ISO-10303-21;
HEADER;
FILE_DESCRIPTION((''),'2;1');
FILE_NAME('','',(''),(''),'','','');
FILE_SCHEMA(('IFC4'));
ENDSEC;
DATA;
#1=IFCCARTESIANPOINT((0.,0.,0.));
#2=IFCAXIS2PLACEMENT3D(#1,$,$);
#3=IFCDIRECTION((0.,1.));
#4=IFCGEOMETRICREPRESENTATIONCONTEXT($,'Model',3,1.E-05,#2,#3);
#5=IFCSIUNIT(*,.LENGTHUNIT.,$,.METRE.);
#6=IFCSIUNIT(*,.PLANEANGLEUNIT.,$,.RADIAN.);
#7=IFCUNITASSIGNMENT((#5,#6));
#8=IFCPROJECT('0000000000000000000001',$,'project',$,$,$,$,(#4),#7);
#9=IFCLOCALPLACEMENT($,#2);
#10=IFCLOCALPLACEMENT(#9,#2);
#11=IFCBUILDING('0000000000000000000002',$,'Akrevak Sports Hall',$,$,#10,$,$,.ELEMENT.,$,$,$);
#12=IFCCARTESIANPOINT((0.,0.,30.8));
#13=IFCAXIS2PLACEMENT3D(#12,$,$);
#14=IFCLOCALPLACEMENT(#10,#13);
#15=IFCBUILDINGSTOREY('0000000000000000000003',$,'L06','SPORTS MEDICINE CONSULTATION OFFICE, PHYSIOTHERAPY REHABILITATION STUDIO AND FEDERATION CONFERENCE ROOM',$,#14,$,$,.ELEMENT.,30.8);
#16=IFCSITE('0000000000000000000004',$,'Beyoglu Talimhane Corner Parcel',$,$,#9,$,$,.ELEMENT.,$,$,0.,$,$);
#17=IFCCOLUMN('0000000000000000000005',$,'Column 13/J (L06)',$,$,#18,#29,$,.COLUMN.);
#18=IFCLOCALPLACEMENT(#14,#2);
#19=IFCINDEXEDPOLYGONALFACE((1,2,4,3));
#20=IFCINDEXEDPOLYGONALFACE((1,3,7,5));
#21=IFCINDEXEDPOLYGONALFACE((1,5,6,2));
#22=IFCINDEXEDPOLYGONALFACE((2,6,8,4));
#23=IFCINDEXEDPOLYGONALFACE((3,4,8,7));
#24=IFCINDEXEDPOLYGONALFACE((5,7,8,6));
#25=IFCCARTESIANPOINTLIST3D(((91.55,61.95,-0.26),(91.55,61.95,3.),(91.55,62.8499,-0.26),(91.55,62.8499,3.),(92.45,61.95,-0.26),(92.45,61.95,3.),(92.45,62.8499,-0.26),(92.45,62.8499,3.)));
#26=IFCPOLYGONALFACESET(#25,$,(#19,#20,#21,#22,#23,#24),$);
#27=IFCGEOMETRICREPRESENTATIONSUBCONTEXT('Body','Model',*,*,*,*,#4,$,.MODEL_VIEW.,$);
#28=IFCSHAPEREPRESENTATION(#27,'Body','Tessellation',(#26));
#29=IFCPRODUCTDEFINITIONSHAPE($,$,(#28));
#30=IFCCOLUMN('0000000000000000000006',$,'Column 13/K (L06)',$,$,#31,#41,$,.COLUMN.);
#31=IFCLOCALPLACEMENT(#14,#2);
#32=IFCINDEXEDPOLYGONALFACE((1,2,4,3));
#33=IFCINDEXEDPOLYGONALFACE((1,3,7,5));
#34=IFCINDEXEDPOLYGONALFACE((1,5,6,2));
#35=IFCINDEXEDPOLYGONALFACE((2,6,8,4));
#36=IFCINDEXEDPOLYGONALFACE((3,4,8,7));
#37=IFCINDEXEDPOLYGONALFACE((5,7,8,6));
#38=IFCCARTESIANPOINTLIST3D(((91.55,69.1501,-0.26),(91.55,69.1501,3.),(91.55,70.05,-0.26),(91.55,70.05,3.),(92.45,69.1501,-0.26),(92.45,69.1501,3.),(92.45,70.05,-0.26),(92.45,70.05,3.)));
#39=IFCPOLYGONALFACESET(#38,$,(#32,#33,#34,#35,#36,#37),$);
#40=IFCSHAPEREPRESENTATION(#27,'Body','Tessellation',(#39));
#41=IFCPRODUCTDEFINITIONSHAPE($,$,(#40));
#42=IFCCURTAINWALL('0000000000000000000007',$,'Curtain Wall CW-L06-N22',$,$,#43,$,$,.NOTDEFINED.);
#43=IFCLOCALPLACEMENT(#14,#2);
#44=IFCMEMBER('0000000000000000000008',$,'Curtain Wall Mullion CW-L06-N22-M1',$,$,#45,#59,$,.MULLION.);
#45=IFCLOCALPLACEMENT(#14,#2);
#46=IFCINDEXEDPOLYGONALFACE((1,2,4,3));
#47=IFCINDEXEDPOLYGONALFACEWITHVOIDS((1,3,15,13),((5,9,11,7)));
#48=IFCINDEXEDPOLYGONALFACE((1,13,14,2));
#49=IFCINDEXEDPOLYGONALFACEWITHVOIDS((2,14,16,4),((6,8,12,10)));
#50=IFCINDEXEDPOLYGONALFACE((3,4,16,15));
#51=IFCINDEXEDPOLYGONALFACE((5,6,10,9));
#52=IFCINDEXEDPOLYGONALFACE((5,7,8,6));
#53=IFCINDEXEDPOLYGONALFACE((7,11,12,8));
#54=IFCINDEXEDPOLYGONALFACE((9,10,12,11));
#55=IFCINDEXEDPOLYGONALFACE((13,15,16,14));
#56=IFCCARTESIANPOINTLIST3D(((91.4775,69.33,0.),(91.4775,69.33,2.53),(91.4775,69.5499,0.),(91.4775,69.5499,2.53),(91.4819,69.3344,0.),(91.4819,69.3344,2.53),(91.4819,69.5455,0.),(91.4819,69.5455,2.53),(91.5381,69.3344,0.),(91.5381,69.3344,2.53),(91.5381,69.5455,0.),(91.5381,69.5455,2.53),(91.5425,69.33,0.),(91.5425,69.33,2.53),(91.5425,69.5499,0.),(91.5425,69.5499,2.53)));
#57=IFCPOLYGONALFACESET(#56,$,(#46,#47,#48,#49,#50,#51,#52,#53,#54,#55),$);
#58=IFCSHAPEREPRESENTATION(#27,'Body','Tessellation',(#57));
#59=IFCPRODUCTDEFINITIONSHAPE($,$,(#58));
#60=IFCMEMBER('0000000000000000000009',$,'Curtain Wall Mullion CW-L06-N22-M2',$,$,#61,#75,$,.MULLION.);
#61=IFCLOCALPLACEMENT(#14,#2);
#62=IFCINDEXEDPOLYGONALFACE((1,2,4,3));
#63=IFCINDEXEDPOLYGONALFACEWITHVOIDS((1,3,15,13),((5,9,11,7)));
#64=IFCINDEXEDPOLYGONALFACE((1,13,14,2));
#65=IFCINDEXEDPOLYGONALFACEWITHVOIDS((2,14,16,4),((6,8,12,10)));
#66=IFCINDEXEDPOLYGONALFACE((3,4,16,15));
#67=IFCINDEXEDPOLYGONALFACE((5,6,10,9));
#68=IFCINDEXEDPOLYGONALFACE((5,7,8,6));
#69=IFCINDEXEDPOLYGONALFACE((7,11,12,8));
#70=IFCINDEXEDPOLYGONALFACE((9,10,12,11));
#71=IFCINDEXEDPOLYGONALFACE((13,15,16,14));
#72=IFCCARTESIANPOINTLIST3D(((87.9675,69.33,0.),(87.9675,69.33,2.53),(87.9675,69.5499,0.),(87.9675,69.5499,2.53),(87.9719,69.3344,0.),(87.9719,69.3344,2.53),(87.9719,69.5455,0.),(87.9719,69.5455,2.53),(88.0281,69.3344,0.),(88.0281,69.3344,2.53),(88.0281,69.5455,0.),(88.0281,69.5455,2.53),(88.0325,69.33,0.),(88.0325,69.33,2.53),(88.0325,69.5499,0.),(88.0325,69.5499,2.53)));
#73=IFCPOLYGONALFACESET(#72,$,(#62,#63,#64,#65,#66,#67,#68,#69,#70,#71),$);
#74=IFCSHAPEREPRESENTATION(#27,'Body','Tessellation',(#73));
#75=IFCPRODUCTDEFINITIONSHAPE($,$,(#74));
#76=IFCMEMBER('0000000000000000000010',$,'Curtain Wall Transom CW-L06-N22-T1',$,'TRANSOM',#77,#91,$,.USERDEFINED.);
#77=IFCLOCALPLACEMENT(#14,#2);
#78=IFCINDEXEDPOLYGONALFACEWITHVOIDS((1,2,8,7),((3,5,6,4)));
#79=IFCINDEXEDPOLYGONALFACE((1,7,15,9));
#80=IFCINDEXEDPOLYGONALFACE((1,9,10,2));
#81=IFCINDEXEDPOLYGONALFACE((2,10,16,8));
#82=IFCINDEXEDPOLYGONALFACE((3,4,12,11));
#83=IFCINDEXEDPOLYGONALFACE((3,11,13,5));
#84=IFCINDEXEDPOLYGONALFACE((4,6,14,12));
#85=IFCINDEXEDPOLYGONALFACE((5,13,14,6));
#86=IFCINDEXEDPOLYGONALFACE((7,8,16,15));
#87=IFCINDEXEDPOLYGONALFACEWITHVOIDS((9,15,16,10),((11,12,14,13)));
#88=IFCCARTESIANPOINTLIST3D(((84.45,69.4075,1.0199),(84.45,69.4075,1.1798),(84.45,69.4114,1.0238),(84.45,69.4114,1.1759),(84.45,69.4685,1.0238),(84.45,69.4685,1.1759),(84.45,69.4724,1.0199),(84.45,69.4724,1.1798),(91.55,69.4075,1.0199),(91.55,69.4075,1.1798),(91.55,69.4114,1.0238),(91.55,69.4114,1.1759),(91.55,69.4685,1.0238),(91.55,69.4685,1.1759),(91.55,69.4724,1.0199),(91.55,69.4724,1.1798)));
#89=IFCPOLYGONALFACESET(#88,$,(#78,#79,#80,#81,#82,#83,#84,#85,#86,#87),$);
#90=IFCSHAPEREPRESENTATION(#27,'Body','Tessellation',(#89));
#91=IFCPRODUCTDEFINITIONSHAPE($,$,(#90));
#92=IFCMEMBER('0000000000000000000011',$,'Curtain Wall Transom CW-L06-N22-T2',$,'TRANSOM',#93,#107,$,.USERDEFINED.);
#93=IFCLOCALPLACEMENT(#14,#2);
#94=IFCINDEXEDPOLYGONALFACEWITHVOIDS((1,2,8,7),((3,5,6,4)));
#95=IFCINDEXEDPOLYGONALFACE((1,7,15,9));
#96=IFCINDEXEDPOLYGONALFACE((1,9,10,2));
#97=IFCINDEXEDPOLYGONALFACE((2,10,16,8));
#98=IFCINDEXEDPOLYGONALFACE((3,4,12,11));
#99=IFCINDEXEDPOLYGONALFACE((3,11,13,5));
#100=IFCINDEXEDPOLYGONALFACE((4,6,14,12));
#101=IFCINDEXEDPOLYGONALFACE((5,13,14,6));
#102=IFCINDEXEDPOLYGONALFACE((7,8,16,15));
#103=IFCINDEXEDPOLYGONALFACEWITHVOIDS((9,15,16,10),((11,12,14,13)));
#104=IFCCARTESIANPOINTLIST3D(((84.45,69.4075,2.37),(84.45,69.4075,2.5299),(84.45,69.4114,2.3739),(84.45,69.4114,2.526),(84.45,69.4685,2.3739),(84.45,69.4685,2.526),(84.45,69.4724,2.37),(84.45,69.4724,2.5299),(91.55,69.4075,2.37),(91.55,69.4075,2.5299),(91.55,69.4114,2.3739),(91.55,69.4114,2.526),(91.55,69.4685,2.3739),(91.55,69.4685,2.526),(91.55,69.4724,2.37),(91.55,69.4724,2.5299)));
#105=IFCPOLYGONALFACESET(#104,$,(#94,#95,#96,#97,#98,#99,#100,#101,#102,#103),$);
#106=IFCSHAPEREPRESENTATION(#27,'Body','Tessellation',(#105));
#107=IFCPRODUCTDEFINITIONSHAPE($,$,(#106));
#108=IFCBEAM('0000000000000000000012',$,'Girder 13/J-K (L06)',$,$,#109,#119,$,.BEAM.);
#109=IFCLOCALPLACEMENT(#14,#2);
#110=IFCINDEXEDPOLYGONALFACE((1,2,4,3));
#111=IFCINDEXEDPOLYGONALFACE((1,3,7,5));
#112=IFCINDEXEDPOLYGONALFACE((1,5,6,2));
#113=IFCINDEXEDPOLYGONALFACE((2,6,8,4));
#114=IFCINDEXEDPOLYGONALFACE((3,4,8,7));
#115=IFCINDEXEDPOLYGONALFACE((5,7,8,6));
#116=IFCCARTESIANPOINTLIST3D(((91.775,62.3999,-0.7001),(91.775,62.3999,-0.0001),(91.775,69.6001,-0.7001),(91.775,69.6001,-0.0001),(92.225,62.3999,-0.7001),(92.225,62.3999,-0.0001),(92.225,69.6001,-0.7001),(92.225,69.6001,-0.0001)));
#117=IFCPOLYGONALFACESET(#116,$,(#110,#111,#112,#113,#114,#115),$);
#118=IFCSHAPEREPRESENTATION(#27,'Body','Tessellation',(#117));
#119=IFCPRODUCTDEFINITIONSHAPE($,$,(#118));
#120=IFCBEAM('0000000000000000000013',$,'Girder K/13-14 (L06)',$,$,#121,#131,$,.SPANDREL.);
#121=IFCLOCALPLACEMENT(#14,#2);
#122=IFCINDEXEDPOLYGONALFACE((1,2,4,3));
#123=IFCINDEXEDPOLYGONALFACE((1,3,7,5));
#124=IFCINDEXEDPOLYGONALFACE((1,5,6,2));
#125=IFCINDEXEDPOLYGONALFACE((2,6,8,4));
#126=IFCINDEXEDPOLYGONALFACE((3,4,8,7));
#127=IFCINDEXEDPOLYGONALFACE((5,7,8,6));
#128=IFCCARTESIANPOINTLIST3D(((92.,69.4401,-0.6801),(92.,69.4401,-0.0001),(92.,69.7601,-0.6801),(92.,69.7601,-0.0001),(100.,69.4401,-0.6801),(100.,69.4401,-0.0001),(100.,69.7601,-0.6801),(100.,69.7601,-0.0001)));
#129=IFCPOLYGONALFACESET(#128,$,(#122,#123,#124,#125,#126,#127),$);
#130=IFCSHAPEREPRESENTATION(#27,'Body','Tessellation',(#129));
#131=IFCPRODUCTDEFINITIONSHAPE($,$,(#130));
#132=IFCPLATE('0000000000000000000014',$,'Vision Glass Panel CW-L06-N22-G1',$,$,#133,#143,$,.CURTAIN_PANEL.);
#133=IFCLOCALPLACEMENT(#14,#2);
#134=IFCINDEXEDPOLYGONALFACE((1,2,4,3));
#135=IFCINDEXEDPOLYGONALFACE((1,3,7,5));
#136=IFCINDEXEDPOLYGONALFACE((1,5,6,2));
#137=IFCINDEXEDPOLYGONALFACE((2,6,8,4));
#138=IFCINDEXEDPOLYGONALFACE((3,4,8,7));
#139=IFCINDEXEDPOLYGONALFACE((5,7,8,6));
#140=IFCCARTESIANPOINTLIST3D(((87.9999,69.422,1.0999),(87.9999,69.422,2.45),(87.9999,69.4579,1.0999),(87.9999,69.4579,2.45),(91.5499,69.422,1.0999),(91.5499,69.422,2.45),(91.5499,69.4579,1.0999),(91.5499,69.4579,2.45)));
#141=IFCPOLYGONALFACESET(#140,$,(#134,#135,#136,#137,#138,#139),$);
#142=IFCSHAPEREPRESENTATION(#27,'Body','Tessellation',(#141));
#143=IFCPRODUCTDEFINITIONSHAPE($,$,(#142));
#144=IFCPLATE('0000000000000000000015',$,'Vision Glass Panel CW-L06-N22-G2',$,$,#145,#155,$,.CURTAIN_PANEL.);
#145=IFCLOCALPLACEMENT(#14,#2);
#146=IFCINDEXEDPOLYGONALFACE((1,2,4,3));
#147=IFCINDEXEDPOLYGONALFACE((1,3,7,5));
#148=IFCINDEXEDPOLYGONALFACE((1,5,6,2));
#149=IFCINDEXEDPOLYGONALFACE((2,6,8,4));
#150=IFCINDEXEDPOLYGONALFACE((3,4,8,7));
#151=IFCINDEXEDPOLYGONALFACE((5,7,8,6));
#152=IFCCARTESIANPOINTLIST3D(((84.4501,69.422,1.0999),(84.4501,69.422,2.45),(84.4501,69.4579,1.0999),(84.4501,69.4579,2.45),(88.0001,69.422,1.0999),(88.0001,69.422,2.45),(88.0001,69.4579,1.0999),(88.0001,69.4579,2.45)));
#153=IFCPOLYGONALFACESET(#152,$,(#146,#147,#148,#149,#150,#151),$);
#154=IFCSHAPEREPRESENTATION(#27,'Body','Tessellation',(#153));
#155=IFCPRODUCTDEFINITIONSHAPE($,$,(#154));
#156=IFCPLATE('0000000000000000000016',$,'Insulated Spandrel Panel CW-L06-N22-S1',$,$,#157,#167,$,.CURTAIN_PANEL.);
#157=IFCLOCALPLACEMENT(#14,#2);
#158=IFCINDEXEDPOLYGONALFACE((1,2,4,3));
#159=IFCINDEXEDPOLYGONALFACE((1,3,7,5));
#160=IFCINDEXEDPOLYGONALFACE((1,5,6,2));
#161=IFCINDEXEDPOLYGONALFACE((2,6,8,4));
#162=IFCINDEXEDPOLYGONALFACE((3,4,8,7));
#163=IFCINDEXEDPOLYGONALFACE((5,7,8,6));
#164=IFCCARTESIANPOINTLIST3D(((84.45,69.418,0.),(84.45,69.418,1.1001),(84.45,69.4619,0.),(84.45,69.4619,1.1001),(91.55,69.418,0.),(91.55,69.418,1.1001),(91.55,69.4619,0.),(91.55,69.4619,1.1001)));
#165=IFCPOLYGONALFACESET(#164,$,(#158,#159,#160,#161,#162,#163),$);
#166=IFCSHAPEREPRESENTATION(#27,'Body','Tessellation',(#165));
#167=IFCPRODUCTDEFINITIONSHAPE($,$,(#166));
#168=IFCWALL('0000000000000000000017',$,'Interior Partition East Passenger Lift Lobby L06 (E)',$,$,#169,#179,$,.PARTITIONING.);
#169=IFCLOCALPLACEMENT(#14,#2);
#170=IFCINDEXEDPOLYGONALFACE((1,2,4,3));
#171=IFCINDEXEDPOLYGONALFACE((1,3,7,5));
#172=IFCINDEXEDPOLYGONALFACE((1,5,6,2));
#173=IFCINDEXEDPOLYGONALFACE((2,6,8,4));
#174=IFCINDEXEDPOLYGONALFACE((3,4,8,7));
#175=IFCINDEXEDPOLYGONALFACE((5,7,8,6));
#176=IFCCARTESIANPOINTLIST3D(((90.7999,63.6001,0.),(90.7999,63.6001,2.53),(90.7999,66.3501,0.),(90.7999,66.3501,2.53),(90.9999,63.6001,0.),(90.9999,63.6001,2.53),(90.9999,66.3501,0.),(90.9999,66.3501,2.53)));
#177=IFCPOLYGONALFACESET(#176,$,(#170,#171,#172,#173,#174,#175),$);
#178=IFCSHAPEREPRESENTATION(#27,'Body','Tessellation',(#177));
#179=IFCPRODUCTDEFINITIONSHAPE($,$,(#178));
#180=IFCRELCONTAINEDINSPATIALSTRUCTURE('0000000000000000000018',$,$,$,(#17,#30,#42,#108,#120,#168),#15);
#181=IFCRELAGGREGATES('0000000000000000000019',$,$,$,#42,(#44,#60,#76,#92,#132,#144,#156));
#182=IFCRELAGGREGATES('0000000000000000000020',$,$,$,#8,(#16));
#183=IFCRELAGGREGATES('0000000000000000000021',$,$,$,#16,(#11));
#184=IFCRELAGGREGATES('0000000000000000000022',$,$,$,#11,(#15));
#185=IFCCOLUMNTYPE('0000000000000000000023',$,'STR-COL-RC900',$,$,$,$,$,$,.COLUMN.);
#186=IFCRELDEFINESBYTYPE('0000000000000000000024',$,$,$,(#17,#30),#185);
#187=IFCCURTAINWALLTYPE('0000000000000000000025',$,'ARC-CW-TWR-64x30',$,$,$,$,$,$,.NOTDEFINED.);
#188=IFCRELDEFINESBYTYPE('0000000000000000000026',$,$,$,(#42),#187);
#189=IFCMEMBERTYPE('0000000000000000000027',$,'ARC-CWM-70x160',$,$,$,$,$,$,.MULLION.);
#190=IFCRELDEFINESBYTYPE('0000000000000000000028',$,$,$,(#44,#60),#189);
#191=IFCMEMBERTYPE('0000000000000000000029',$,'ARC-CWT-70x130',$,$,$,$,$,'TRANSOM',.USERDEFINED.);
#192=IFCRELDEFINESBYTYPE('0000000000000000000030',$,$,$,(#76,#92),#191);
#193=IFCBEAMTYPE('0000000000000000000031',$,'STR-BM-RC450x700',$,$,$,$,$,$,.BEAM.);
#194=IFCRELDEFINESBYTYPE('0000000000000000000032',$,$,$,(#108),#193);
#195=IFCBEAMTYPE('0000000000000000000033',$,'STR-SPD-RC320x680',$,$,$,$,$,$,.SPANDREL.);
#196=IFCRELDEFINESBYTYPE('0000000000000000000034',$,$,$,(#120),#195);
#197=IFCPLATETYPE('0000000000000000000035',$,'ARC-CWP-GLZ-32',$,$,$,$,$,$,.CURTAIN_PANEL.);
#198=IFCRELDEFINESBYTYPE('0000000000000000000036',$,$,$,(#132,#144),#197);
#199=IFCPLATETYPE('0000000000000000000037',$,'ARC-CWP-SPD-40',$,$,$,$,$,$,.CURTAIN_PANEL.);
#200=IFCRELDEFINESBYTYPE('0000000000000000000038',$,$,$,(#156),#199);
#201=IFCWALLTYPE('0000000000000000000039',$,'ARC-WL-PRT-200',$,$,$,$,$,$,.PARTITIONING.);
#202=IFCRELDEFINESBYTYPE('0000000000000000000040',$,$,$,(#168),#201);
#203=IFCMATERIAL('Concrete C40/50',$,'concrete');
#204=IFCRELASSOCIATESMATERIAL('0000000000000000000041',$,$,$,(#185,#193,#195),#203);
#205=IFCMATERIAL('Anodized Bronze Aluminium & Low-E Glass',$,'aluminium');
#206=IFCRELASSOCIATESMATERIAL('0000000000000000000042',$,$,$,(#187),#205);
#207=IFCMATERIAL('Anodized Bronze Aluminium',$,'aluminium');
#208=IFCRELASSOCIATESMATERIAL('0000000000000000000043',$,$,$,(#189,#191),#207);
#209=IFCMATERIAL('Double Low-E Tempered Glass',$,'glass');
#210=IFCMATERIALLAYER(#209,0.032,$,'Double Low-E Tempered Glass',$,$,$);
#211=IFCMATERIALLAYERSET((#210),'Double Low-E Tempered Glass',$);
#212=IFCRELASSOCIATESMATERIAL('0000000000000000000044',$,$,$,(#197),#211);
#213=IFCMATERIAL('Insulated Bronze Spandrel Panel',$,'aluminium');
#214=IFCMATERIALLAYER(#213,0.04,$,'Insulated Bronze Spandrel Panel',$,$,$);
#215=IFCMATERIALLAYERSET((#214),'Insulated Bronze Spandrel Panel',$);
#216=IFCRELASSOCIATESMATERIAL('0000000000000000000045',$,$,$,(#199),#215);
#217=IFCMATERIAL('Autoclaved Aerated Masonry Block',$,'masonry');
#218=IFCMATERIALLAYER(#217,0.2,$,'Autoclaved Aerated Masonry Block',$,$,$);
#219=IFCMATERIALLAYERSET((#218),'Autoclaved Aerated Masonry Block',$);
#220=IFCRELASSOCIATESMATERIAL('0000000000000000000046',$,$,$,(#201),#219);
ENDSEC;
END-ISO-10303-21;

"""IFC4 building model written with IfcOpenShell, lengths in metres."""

from ifc_helpers import new_model, si_unit, direction, frame, frame_2d, origin, origin_2d, place, context, subcontext, project, spatial, rectangle, hollow_rectangle, extrude, material, layer, layer_set, material_profile, profile_set, type_object, element, aggregate, save


model = new_model("IFC4")

# Units and contexts
model_context = context("Model", 3, precision=1e-05, world=origin(), true_north=direction((0.0, 1.0)))
body_context = subcontext(model_context, "Body", "Model", "MODEL_VIEW")
ifc_project = project(units=[si_unit("LENGTHUNIT", "METRE"), si_unit("PLANEANGLEUNIT", "RADIAN")], contexts=[model_context])

# Site, building, storey
site_placement = place(None, origin())
site = spatial("IfcSite", under=ifc_project, at=site_placement, Name="Beyoglu Talimhane Corner Parcel", CompositionType="ELEMENT", RefElevation=0.0)
building_placement = place(site_placement, origin())
building = spatial("IfcBuilding", under=site, at=building_placement, Name="Akrevak Sports Hall", CompositionType="ELEMENT")
storey_placement = place(building_placement, frame((0.0, 0.0, 30.8)))
storey = spatial("IfcBuildingStorey", under=building, at=storey_placement, Name="L06", Description="SPORTS MEDICINE CONSULTATION OFFICE, PHYSIOTHERAPY REHABILITATION STUDIO AND FEDERATION CONFERENCE ROOM", CompositionType="ELEMENT", Elevation=30.8)

# Columns
ifc_material_1 = material(Name="Concrete C40/50", Category="concrete")
ifc_material_profile_1 = material_profile(ifc_material_1, rectangle(XDim=0.8999, YDim=0.8999, at=origin_2d()), Name="RC 900x900", Category="concrete")
ifc_profile_set_1 = profile_set([ifc_material_profile_1], Name="Concrete C40/50")
column_type = type_object("IfcColumnType", Name="STR-COL-RC900", PredefinedType="COLUMN", material=ifc_profile_set_1)
for number, where, z_axis, x_axis, name in (
    (1, (92.0, 62.3999, -0.26), (0.0, 0.0, 1.0), (1.0, 0.0, 0.0), "Column 13/J (L06)"),
    (2, (92.0, 69.6001, -0.26), (0.0, 0.0, 1.0), (1.0, 0.0, 0.0), "Column 13/K (L06)"),
):
    element("IfcColumn", number, at=place(storey_placement, frame(where, z_axis=z_axis, x_axis=x_axis)), inside=storey, type_object=column_type, Name=name, PredefinedType="COLUMN", context=body_context, shape_type="SweptSolid", body=[
        extrude(rectangle(XDim=0.8999, YDim=0.8999, at=origin_2d()), origin(), (0.0, 0.0, 1.0), 3.26),
    ])

# Curtain wall, members
ifc_material_2 = material(Name="Anodized Bronze Aluminium & Low-E Glass", Category="aluminium")
curtain_wall_type = type_object("IfcCurtainWallType", Name="ARC-CW-TWR-64x30", PredefinedType="NOTDEFINED", material=ifc_material_2)
curtain_wall_placement = place(storey_placement, origin())
curtain_wall = element("IfcCurtainWall", 3, at=curtain_wall_placement, inside=storey, type_object=curtain_wall_type, Name="Curtain Wall CW-L06-N22", PredefinedType="NOTDEFINED")
ifc_material_3 = material(Name="Anodized Bronze Aluminium", Category="aluminium")
ifc_material_profile_2 = material_profile(ifc_material_3, hollow_rectangle(XDim=0.0649, YDim=0.22, WallThickness=0.0044, at=origin_2d()), Name="CWM 65x220", Category="aluminium")
ifc_profile_set_2 = profile_set([ifc_material_profile_2], Name="Anodized Bronze Aluminium")
member_type_1 = type_object("IfcMemberType", Name="ARC-CWM-70x160", PredefinedType="MULLION", material=ifc_profile_set_2)
member_1_placement = place(storey_placement, frame((91.51, 69.4399, 0.0), z_axis=(0.0, 0.0, 1.0), x_axis=(-1.0, 0.0, 0.0)))
member_1 = element("IfcMember", 4, at=member_1_placement, type_object=member_type_1, Name="Curtain Wall Mullion CW-L06-N22-M1", PredefinedType="MULLION", context=body_context, shape_type="SweptSolid", body=[
    extrude(hollow_rectangle(XDim=0.0649, YDim=0.22, WallThickness=0.0044, at=origin_2d()), origin(), (0.0, 0.0, 1.0), 2.53),
])
member_2_placement = place(storey_placement, frame((88.0, 69.4399, 0.0), z_axis=(0.0, 0.0, 1.0), x_axis=(-1.0, 0.0, 0.0)))
member_2 = element("IfcMember", 5, at=member_2_placement, type_object=member_type_1, Name="Curtain Wall Mullion CW-L06-N22-M2", PredefinedType="MULLION", context=body_context, shape_type="SweptSolid", body=[
    extrude(hollow_rectangle(XDim=0.0649, YDim=0.22, WallThickness=0.0044, at=origin_2d()), origin(), (0.0, 0.0, 1.0), 2.53),
])
ifc_material_profile_3 = material_profile(ifc_material_3, hollow_rectangle(XDim=0.0649, YDim=0.1599, WallThickness=0.0039, at=origin_2d()), Name="CWT 65x160", Category="aluminium")
ifc_profile_set_3 = profile_set([ifc_material_profile_3], Name="Anodized Bronze Aluminium")
member_type_2 = type_object("IfcMemberType", Name="ARC-CWT-70x130", ElementType="TRANSOM", PredefinedType="USERDEFINED", material=ifc_profile_set_3)
member_3_placement = place(storey_placement, frame((91.55, 69.4399, 1.0999), z_axis=(-1.0, 0.0, 0.0), x_axis=(0.0, -1.0, 0.0)))
member_3 = element("IfcMember", 6, at=member_3_placement, type_object=member_type_2, Name="Curtain Wall Transom CW-L06-N22-T1", ObjectType="TRANSOM", PredefinedType="USERDEFINED", context=body_context, shape_type="SweptSolid", body=[
    extrude(hollow_rectangle(XDim=0.0649, YDim=0.1599, WallThickness=0.0039, at=origin_2d()), origin(), (0.0, 0.0, 1.0), 7.1001),
])
member_4_placement = place(storey_placement, frame((91.55, 69.4399, 2.45), z_axis=(-1.0, 0.0, 0.0), x_axis=(0.0, -1.0, 0.0)))
member_4 = element("IfcMember", 7, at=member_4_placement, type_object=member_type_2, Name="Curtain Wall Transom CW-L06-N22-T2", ObjectType="TRANSOM", PredefinedType="USERDEFINED", context=body_context, shape_type="SweptSolid", body=[
    extrude(hollow_rectangle(XDim=0.0649, YDim=0.1599, WallThickness=0.0039, at=origin_2d()), origin(), (0.0, 0.0, 1.0), 7.1001),
])

# Beams
ifc_material_profile_4 = material_profile(ifc_material_1, rectangle(XDim=0.45, YDim=0.7, at=origin_2d()), Name="BM 450x700", Category="concrete")
ifc_profile_set_4 = profile_set([ifc_material_profile_4], Name="Concrete C40/50")
beam_type_1 = type_object("IfcBeamType", Name="STR-BM-RC450x700", PredefinedType="BEAM", material=ifc_profile_set_4)
beam_1_placement = place(storey_placement, frame((92.0, 62.3999, -0.3501), z_axis=(0.0, 1.0, 0.0), x_axis=(-1.0, 0.0, 0.0)))
element("IfcBeam", 8, at=beam_1_placement, inside=storey, type_object=beam_type_1, Name="Girder 13/J-K (L06)", PredefinedType="BEAM", context=body_context, shape_type="SweptSolid", body=[
    extrude(rectangle(XDim=0.45, YDim=0.7, at=origin_2d()), origin(), (0.0, 0.0, 1.0), 7.2002),
])
ifc_material_profile_5 = material_profile(ifc_material_1, rectangle(XDim=0.3201, YDim=0.6799, at=origin_2d()), Name="SPD 320x680", Category="concrete")
ifc_profile_set_5 = profile_set([ifc_material_profile_5], Name="Concrete C40/50")
beam_type_2 = type_object("IfcBeamType", Name="STR-SPD-RC320x680", PredefinedType="SPANDREL", material=ifc_profile_set_5)
beam_2_placement = place(storey_placement, frame((92.0, 69.6001, -0.3401), z_axis=(1.0, 0.0, 0.0), x_axis=(0.0, 1.0, 0.0)))
element("IfcBeam", 9, at=beam_2_placement, inside=storey, type_object=beam_type_2, Name="Girder K/13-14 (L06)", PredefinedType="SPANDREL", context=body_context, shape_type="SweptSolid", body=[
    extrude(rectangle(XDim=0.3201, YDim=0.6799, at=origin_2d()), origin(), (0.0, 0.0, 1.0), 8.0),
])

# Plates
ifc_material_4 = material(Name="Double Low-E Tempered Glass", Category="glass")
ifc_layer_1 = layer(ifc_material_4, 0.032, Name="Double Low-E Tempered Glass")
ifc_layer_set_1 = layer_set([ifc_layer_1], Name="Double Low-E Tempered Glass")
plate_type_1 = type_object("IfcPlateType", Name="ARC-CWP-GLZ-32", PredefinedType="CURTAIN_PANEL", material=ifc_layer_set_1)
plate_1_placement = place(storey_placement, frame((89.7749, 69.4399, 1.0999), z_axis=(0.0, 0.0, 1.0), x_axis=(-1.0, 0.0, 0.0)))
plate_1 = element("IfcPlate", 10, at=plate_1_placement, type_object=plate_type_1, Name="Vision Glass Panel CW-L06-N22-G1", PredefinedType="CURTAIN_PANEL", context=body_context, shape_type="SweptSolid", body=[
    extrude(rectangle(XDim=3.55, YDim=0.0359, at=origin_2d()), origin(), (0.0, 0.0, 1.0), 1.3501),
])
plate_2_placement = place(storey_placement, frame((86.2251, 69.4399, 1.0999), z_axis=(0.0, 0.0, 1.0), x_axis=(-1.0, 0.0, 0.0)))
plate_2 = element("IfcPlate", 11, at=plate_2_placement, type_object=plate_type_1, Name="Vision Glass Panel CW-L06-N22-G2", PredefinedType="CURTAIN_PANEL", context=body_context, shape_type="SweptSolid", body=[
    extrude(rectangle(XDim=3.55, YDim=0.0359, at=origin_2d()), origin(), (0.0, 0.0, 1.0), 1.3501),
])
ifc_material_5 = material(Name="Insulated Bronze Spandrel Panel", Category="aluminium")
ifc_layer_2 = layer(ifc_material_5, 0.04, Name="Insulated Bronze Spandrel Panel")
ifc_layer_set_2 = layer_set([ifc_layer_2], Name="Insulated Bronze Spandrel Panel")
plate_type_2 = type_object("IfcPlateType", Name="ARC-CWP-SPD-40", PredefinedType="CURTAIN_PANEL", material=ifc_layer_set_2)
plate_3_placement = place(storey_placement, frame((88.0, 69.4399, 0.0), z_axis=(0.0, 0.0, 1.0), x_axis=(-1.0, 0.0, 0.0)))
plate_3 = element("IfcPlate", 12, at=plate_3_placement, type_object=plate_type_2, Name="Insulated Spandrel Panel CW-L06-N22-S1", PredefinedType="CURTAIN_PANEL", context=body_context, shape_type="SweptSolid", body=[
    extrude(rectangle(XDim=7.1001, YDim=0.0439, at=origin_2d()), origin(), (0.0, 0.0, 1.0), 1.1001),
])
aggregate(curtain_wall, [member_1, member_2, member_3, member_4, plate_1, plate_2, plate_3])

# Wall
ifc_material_6 = material(Name="Autoclaved Aerated Masonry Block", Category="masonry")
ifc_layer_3 = layer(ifc_material_6, 0.2, Name="Autoclaved Aerated Masonry Block")
ifc_layer_set_3 = layer_set([ifc_layer_3], Name="Autoclaved Aerated Masonry Block")
wall_type_1 = type_object("IfcWallType", Name="ARC-WL-PRT-200", PredefinedType="PARTITIONING", material=ifc_layer_set_3)
wall_1_placement = place(storey_placement, frame((90.8999, 63.6001, 0.0), z_axis=(0.0, 0.0, 1.0), x_axis=(0.0, 1.0, 0.0)))
element("IfcWall", 13, at=wall_1_placement, inside=storey, type_object=wall_type_1, Name="Interior Partition East Passenger Lift Lobby L06 (E)", PredefinedType="PARTITIONING", context=body_context, shape_type="SweptSolid", body=[
    extrude(rectangle(XDim=2.75, YDim=0.2, at=frame_2d((1.375, 0.0))), origin(), (0.0, 0.0, 1.0), 2.53),
])

save(model, "model.ifc")
